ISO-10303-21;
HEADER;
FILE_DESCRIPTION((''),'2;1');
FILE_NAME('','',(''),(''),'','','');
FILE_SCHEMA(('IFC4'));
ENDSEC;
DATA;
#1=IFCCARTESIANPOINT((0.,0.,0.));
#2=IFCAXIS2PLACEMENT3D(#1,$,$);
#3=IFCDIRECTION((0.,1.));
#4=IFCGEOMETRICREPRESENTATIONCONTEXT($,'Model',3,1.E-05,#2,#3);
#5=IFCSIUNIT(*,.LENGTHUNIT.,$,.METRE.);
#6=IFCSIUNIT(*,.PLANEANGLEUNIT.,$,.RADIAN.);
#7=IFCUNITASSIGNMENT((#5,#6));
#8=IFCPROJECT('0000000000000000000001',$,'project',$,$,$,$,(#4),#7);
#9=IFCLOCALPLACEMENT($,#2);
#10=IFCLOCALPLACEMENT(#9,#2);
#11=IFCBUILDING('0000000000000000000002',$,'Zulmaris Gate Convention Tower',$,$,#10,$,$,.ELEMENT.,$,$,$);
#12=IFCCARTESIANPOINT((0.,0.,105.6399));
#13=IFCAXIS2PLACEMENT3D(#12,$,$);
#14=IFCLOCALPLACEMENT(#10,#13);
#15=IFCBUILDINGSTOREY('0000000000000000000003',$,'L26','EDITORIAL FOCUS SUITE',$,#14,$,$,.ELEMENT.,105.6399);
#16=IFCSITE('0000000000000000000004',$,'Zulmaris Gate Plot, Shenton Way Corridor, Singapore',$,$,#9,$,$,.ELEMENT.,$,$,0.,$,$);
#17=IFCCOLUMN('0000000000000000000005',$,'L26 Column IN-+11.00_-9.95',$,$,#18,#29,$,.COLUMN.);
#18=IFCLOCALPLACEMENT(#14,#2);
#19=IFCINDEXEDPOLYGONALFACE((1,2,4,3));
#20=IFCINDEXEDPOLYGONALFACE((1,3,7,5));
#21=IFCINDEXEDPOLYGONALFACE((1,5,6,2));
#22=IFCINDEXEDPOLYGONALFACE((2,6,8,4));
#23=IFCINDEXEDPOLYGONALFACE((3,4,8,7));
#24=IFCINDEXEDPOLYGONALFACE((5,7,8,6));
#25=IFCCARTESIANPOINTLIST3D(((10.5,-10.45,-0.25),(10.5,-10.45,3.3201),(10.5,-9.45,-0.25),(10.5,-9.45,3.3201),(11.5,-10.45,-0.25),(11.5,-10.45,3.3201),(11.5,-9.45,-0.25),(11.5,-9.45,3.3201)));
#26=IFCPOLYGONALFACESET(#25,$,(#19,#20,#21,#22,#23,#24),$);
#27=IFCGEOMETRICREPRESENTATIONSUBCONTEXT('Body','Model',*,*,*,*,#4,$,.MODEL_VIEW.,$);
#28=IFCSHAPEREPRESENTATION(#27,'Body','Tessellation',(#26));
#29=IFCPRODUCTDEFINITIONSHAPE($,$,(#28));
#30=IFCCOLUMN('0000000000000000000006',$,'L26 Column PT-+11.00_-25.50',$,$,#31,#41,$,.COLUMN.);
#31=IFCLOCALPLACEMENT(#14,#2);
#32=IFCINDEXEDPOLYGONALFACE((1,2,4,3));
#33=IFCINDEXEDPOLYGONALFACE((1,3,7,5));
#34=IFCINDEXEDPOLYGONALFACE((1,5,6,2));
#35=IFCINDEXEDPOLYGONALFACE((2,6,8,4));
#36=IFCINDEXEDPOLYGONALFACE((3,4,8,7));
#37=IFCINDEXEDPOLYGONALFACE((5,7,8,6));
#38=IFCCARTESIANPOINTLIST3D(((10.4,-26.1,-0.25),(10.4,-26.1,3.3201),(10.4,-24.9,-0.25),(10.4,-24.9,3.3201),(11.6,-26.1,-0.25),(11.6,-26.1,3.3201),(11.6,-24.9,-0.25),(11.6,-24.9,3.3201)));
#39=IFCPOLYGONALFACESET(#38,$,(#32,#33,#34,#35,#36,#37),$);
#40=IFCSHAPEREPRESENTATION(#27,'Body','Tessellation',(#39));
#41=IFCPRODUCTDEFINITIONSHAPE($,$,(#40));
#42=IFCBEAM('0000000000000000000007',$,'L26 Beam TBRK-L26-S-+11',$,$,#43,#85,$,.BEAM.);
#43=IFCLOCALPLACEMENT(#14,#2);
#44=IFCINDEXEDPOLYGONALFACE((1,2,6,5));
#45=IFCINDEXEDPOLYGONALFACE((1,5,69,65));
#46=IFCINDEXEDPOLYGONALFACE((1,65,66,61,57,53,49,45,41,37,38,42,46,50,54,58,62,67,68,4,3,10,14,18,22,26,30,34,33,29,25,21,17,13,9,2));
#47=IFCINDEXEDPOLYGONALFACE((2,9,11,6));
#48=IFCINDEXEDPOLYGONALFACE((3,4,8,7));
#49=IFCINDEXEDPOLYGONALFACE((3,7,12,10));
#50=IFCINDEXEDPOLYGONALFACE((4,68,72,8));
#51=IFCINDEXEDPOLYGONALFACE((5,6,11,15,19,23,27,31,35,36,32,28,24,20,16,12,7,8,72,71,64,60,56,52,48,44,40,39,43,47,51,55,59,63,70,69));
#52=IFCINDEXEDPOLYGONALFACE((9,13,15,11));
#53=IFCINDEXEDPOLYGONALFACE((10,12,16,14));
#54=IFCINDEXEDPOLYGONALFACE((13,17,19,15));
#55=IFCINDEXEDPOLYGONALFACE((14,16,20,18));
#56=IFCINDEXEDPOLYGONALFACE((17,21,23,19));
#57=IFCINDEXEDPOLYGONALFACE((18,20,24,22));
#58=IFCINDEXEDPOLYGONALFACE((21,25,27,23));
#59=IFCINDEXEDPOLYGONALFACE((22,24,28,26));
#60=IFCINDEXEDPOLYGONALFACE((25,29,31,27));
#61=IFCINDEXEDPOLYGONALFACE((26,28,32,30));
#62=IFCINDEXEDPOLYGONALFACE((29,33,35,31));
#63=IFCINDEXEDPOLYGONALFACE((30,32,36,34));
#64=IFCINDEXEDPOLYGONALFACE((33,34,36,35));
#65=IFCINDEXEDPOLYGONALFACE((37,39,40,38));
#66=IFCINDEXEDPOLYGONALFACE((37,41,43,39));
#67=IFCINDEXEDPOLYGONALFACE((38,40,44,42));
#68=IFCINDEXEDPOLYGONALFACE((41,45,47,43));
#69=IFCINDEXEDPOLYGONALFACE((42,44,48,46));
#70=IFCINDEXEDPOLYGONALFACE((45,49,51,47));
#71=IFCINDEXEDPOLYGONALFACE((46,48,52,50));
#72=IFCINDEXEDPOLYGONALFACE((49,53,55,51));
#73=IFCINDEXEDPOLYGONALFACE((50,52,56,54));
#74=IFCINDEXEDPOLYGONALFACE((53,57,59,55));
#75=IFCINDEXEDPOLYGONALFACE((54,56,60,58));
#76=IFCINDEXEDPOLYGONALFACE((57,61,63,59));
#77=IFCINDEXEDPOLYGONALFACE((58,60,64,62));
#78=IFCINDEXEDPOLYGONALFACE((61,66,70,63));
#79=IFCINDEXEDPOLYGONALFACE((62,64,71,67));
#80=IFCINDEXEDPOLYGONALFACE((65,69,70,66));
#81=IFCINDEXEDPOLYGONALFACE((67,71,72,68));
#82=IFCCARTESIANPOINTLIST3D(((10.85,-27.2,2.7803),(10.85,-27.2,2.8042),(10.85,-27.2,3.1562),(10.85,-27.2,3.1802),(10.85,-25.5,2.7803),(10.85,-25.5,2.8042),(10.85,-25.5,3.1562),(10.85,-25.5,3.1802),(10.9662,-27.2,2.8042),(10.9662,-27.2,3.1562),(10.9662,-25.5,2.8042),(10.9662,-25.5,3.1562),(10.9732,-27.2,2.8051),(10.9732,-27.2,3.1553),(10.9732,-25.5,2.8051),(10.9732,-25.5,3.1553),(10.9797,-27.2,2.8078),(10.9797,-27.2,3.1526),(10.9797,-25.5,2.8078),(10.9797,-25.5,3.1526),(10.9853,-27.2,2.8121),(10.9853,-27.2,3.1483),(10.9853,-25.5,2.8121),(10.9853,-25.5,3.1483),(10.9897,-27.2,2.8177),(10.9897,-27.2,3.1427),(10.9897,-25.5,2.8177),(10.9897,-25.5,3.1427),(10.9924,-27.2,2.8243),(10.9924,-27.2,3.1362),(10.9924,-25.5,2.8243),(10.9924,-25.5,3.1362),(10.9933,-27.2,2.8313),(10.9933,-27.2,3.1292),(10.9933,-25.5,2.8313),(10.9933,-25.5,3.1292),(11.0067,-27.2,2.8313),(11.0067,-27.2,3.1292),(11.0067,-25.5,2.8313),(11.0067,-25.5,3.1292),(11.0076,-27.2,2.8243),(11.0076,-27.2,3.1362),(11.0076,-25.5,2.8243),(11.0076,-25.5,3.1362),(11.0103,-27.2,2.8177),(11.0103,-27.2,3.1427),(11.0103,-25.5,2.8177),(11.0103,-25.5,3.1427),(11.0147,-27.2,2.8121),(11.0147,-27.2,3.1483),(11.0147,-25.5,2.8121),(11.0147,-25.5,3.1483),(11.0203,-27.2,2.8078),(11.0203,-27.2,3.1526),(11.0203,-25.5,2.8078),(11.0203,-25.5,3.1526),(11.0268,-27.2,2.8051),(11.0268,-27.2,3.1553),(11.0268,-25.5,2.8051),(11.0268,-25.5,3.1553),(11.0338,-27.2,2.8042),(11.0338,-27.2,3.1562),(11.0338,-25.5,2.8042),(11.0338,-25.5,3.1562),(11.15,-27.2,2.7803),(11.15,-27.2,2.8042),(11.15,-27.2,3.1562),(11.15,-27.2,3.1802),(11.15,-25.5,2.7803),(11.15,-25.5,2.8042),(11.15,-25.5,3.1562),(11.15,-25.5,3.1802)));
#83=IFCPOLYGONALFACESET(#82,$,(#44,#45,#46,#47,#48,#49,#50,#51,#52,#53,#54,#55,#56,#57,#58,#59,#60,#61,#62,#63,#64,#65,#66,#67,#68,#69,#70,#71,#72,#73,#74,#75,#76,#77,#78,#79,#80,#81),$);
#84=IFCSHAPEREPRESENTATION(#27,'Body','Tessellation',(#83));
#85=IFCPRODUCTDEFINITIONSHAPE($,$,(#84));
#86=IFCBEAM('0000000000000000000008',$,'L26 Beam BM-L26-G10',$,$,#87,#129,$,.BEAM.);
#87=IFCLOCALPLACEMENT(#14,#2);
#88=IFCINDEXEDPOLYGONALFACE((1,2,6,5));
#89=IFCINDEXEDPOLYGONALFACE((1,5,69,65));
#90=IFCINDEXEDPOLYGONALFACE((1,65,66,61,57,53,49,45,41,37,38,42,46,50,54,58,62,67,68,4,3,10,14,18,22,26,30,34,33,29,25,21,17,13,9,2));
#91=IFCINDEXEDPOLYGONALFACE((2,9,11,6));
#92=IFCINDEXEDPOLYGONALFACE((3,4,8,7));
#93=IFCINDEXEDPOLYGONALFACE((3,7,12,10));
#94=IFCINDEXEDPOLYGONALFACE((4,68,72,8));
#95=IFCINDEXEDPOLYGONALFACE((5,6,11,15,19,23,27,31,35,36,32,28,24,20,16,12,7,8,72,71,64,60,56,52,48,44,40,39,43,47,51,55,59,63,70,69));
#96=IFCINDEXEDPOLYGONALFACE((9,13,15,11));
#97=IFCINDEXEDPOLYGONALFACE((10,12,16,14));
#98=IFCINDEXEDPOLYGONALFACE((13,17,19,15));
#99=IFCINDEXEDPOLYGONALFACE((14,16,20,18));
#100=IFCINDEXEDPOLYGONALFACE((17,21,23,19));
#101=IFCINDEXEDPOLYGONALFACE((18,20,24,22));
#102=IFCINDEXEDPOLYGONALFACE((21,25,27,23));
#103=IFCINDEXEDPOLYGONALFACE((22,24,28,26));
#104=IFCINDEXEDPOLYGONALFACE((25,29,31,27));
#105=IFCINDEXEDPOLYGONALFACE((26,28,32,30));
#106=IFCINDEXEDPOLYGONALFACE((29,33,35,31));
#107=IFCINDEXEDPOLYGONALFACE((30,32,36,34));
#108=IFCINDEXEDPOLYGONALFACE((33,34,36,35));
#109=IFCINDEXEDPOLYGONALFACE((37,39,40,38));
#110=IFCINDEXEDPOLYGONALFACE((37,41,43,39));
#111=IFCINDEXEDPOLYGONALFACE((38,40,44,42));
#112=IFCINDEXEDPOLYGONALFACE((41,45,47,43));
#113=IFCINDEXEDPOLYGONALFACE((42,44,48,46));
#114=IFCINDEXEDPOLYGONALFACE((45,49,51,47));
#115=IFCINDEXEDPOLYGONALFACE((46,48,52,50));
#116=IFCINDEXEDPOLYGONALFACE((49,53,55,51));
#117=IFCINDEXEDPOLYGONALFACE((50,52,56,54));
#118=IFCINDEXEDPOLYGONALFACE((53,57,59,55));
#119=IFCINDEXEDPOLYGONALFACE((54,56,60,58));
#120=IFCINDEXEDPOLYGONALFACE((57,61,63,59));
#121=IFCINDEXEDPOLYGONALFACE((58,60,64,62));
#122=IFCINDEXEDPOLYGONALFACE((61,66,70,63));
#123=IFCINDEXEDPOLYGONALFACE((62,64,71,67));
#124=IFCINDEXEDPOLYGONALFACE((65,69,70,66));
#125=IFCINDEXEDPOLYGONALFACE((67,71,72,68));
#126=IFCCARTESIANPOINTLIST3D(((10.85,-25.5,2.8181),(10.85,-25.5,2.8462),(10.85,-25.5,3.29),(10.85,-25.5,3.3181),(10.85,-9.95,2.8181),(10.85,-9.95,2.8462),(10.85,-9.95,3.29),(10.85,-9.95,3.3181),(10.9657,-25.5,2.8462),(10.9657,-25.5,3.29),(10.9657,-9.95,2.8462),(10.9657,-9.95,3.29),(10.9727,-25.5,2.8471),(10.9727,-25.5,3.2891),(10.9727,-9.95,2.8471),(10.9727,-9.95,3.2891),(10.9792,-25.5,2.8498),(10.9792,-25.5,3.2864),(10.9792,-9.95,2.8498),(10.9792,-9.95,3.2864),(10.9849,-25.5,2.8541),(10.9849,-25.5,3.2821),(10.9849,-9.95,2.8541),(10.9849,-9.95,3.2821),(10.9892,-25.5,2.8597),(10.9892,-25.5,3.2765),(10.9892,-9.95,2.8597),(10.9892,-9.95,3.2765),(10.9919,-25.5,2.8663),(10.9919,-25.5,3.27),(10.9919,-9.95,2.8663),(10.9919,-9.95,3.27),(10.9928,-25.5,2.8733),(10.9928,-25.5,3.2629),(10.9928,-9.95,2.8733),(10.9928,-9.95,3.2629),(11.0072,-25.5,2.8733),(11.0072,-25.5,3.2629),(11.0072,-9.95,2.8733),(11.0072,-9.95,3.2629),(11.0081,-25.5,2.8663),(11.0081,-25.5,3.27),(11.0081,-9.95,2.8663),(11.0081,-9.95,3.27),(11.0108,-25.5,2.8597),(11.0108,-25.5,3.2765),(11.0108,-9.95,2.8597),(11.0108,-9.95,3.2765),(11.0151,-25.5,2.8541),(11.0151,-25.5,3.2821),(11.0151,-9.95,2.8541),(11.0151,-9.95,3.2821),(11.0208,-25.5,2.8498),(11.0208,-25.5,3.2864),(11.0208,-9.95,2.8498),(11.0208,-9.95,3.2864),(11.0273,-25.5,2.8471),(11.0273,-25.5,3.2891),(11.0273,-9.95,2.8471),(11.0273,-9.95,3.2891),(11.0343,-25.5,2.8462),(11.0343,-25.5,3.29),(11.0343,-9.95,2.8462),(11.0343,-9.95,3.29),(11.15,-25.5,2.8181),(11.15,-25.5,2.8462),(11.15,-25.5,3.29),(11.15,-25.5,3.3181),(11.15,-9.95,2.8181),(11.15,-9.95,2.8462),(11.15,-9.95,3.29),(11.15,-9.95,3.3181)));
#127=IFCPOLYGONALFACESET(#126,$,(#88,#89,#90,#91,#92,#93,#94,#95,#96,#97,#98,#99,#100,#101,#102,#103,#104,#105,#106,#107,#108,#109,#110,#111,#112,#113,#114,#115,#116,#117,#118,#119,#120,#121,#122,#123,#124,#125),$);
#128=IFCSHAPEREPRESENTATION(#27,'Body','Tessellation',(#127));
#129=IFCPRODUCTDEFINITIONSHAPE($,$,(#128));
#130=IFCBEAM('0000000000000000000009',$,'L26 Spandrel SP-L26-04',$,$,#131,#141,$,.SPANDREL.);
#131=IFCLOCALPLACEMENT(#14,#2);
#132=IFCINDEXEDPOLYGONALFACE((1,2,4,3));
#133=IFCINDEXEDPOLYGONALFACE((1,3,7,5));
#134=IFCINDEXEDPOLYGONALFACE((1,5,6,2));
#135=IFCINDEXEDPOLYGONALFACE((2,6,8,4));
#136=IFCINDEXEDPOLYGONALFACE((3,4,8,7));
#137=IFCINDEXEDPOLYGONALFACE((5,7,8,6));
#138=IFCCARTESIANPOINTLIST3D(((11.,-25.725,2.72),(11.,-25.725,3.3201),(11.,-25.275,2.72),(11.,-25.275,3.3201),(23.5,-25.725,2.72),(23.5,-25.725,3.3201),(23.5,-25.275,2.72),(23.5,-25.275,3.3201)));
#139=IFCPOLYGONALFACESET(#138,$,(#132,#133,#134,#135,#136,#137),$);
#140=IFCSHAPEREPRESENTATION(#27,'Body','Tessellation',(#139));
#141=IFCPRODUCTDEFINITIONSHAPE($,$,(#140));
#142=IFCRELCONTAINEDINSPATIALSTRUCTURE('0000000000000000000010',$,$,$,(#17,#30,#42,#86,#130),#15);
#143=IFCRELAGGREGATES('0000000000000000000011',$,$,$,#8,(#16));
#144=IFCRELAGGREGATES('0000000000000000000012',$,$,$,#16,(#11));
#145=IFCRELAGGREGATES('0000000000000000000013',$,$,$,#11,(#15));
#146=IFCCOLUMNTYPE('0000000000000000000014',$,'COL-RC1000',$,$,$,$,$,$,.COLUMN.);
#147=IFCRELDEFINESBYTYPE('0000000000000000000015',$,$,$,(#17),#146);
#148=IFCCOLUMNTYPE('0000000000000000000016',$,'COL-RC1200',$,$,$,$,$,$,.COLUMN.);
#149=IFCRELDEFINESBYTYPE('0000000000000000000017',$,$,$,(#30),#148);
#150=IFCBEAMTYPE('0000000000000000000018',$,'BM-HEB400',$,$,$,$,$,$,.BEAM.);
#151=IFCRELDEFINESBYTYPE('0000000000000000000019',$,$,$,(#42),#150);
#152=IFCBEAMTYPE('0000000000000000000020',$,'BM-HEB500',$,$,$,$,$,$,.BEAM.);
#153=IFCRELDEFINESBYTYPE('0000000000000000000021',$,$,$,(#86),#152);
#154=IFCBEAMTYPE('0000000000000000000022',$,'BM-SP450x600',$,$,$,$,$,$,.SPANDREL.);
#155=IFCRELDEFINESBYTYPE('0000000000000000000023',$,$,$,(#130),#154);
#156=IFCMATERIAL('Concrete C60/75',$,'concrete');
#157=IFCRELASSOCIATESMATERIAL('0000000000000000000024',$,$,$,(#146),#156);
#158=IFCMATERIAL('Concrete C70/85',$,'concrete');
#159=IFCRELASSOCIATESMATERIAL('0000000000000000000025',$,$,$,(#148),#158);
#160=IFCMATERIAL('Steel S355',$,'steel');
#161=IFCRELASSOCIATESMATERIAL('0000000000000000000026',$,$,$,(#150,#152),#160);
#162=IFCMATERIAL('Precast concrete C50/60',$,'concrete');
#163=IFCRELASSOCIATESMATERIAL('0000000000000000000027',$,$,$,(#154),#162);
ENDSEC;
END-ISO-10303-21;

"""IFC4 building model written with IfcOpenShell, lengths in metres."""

from ifc_helpers import new_model, si_unit, direction, frame, origin, origin_2d, place, context, subcontext, project, spatial, rectangle, i_section, extrude, material, material_profile, profile_set, type_object, element, save


model = new_model("IFC4")

# Units and contexts
model_context = context("Model", 3, precision=1e-05, world=origin(), true_north=direction((0.0, 1.0)))
body_context = subcontext(model_context, "Body", "Model", "MODEL_VIEW")
ifc_project = project(units=[si_unit("LENGTHUNIT", "METRE"), si_unit("PLANEANGLEUNIT", "RADIAN")], contexts=[model_context])

# Site, building, storey
site_placement = place(None, origin())
site = spatial("IfcSite", under=ifc_project, at=site_placement, Name="Zulmaris Gate Plot, Shenton Way Corridor, Singapore", CompositionType="ELEMENT", RefElevation=0.0)
building_placement = place(site_placement, origin())
building = spatial("IfcBuilding", under=site, at=building_placement, Name="Zulmaris Gate Convention Tower", CompositionType="ELEMENT")
storey_placement = place(building_placement, frame((0.0, 0.0, 105.6399)))
storey = spatial("IfcBuildingStorey", under=building, at=storey_placement, Name="L26", Description="EDITORIAL FOCUS SUITE", CompositionType="ELEMENT", Elevation=105.6399)

# Columns
ifc_material_1 = material(Name="Concrete C60/75", Category="concrete")
ifc_material_profile_1 = material_profile(ifc_material_1, rectangle(XDim=1.0, YDim=1.0, at=origin_2d()), Name="RC COL 1000x1000")
ifc_profile_set_1 = profile_set([ifc_material_profile_1], Name="Concrete C60/75")
column_type_1 = type_object("IfcColumnType", Name="COL-RC1000", PredefinedType="COLUMN", material=ifc_profile_set_1)
column_1_placement = place(storey_placement, frame((11.0, -9.95, -0.25), z_axis=(0.0, 0.0, 1.0), x_axis=(1.0, 0.0, 0.0)))
element("IfcColumn", 1, at=column_1_placement, inside=storey, type_object=column_type_1, Name="L26 Column IN-+11.00_-9.95", PredefinedType="COLUMN", context=body_context, shape_type="SweptSolid", body=[
    extrude(rectangle(XDim=1.0, YDim=1.0, at=origin_2d()), origin(), (0.0, 0.0, 1.0), 3.5701),
])
ifc_material_2 = material(Name="Concrete C70/85", Category="concrete")
ifc_material_profile_2 = material_profile(ifc_material_2, rectangle(XDim=1.2, YDim=1.2, at=origin_2d()), Name="RC COL 1200x1200")
ifc_profile_set_2 = profile_set([ifc_material_profile_2], Name="Concrete C70/85")
column_type_2 = type_object("IfcColumnType", Name="COL-RC1200", PredefinedType="COLUMN", material=ifc_profile_set_2)
column_2_placement = place(storey_placement, frame((11.0, -25.5, -0.25), z_axis=(0.0, 0.0, 1.0), x_axis=(1.0, 0.0, 0.0)))
element("IfcColumn", 2, at=column_2_placement, inside=storey, type_object=column_type_2, Name="L26 Column PT-+11.00_-25.50", PredefinedType="COLUMN", context=body_context, shape_type="SweptSolid", body=[
    extrude(rectangle(XDim=1.2, YDim=1.2, at=origin_2d()), origin(), (0.0, 0.0, 1.0), 3.5701),
])

# Beams
ifc_material_3 = material(Name="Steel S355", Category="steel")
ifc_material_profile_3 = material_profile(ifc_material_3, i_section(OverallWidth=0.3, OverallDepth=0.3999, WebThickness=0.0134, FlangeThickness=0.0239, FilletRadius=0.0271, at=origin_2d()), Name="HEB 400")
ifc_profile_set_3 = profile_set([ifc_material_profile_3], Name="Steel S355")
beam_type_1 = type_object("IfcBeamType", Name="BM-HEB400", PredefinedType="BEAM", material=ifc_profile_set_3)
beam_1_placement = place(storey_placement, frame((11.0, -27.2, 2.9802), z_axis=(0.0, 1.0, 0.0), x_axis=(-1.0, 0.0, 0.0)))
element("IfcBeam", 3, at=beam_1_placement, inside=storey, type_object=beam_type_1, Name="L26 Beam TBRK-L26-S-+11", PredefinedType="BEAM", context=body_context, shape_type="SweptSolid", body=[
    extrude(i_section(OverallWidth=0.3, OverallDepth=0.3999, WebThickness=0.0134, FlangeThickness=0.0239, FilletRadius=0.0271, at=origin_2d()), origin(), (0.0, 0.0, 1.0), 1.7),
])
ifc_material_profile_4 = material_profile(ifc_material_3, i_section(OverallWidth=0.3, OverallDepth=0.5, WebThickness=0.0144, FlangeThickness=0.0281, FilletRadius=0.0271, at=origin_2d()), Name="HEB 500")
ifc_profile_set_4 = profile_set([ifc_material_profile_4], Name="Steel S355")
beam_type_2 = type_object("IfcBeamType", Name="BM-HEB500", PredefinedType="BEAM", material=ifc_profile_set_4)
beam_2_placement = place(storey_placement, frame((11.0, -25.5, 3.0681), z_axis=(0.0, 1.0, 0.0), x_axis=(-1.0, 0.0, 0.0)))
element("IfcBeam", 4, at=beam_2_placement, inside=storey, type_object=beam_type_2, Name="L26 Beam BM-L26-G10", PredefinedType="BEAM", context=body_context, shape_type="SweptSolid", body=[
    extrude(i_section(OverallWidth=0.3, OverallDepth=0.5, WebThickness=0.0144, FlangeThickness=0.0281, FilletRadius=0.0271, at=origin_2d()), origin(), (0.0, 0.0, 1.0), 15.55),
])
ifc_material_4 = material(Name="Precast concrete C50/60", Category="concrete")
ifc_material_profile_5 = material_profile(ifc_material_4, rectangle(XDim=0.45, YDim=0.6001, at=origin_2d()), Name="RC SPANDREL 450x600")
ifc_profile_set_5 = profile_set([ifc_material_profile_5], Name="Precast concrete C50/60")
beam_type_3 = type_object("IfcBeamType", Name="BM-SP450x600", PredefinedType="SPANDREL", material=ifc_profile_set_5)
beam_3_placement = place(storey_placement, frame((11.0, -25.5, 3.02), z_axis=(1.0, 0.0, 0.0), x_axis=(0.0, 1.0, 0.0)))
element("IfcBeam", 5, at=beam_3_placement, inside=storey, type_object=beam_type_3, Name="L26 Spandrel SP-L26-04", PredefinedType="SPANDREL", context=body_context, shape_type="SweptSolid", body=[
    extrude(rectangle(XDim=0.45, YDim=0.6001, at=origin_2d()), origin(), (0.0, 0.0, 1.0), 12.5),
])

save(model, "model.ifc")
